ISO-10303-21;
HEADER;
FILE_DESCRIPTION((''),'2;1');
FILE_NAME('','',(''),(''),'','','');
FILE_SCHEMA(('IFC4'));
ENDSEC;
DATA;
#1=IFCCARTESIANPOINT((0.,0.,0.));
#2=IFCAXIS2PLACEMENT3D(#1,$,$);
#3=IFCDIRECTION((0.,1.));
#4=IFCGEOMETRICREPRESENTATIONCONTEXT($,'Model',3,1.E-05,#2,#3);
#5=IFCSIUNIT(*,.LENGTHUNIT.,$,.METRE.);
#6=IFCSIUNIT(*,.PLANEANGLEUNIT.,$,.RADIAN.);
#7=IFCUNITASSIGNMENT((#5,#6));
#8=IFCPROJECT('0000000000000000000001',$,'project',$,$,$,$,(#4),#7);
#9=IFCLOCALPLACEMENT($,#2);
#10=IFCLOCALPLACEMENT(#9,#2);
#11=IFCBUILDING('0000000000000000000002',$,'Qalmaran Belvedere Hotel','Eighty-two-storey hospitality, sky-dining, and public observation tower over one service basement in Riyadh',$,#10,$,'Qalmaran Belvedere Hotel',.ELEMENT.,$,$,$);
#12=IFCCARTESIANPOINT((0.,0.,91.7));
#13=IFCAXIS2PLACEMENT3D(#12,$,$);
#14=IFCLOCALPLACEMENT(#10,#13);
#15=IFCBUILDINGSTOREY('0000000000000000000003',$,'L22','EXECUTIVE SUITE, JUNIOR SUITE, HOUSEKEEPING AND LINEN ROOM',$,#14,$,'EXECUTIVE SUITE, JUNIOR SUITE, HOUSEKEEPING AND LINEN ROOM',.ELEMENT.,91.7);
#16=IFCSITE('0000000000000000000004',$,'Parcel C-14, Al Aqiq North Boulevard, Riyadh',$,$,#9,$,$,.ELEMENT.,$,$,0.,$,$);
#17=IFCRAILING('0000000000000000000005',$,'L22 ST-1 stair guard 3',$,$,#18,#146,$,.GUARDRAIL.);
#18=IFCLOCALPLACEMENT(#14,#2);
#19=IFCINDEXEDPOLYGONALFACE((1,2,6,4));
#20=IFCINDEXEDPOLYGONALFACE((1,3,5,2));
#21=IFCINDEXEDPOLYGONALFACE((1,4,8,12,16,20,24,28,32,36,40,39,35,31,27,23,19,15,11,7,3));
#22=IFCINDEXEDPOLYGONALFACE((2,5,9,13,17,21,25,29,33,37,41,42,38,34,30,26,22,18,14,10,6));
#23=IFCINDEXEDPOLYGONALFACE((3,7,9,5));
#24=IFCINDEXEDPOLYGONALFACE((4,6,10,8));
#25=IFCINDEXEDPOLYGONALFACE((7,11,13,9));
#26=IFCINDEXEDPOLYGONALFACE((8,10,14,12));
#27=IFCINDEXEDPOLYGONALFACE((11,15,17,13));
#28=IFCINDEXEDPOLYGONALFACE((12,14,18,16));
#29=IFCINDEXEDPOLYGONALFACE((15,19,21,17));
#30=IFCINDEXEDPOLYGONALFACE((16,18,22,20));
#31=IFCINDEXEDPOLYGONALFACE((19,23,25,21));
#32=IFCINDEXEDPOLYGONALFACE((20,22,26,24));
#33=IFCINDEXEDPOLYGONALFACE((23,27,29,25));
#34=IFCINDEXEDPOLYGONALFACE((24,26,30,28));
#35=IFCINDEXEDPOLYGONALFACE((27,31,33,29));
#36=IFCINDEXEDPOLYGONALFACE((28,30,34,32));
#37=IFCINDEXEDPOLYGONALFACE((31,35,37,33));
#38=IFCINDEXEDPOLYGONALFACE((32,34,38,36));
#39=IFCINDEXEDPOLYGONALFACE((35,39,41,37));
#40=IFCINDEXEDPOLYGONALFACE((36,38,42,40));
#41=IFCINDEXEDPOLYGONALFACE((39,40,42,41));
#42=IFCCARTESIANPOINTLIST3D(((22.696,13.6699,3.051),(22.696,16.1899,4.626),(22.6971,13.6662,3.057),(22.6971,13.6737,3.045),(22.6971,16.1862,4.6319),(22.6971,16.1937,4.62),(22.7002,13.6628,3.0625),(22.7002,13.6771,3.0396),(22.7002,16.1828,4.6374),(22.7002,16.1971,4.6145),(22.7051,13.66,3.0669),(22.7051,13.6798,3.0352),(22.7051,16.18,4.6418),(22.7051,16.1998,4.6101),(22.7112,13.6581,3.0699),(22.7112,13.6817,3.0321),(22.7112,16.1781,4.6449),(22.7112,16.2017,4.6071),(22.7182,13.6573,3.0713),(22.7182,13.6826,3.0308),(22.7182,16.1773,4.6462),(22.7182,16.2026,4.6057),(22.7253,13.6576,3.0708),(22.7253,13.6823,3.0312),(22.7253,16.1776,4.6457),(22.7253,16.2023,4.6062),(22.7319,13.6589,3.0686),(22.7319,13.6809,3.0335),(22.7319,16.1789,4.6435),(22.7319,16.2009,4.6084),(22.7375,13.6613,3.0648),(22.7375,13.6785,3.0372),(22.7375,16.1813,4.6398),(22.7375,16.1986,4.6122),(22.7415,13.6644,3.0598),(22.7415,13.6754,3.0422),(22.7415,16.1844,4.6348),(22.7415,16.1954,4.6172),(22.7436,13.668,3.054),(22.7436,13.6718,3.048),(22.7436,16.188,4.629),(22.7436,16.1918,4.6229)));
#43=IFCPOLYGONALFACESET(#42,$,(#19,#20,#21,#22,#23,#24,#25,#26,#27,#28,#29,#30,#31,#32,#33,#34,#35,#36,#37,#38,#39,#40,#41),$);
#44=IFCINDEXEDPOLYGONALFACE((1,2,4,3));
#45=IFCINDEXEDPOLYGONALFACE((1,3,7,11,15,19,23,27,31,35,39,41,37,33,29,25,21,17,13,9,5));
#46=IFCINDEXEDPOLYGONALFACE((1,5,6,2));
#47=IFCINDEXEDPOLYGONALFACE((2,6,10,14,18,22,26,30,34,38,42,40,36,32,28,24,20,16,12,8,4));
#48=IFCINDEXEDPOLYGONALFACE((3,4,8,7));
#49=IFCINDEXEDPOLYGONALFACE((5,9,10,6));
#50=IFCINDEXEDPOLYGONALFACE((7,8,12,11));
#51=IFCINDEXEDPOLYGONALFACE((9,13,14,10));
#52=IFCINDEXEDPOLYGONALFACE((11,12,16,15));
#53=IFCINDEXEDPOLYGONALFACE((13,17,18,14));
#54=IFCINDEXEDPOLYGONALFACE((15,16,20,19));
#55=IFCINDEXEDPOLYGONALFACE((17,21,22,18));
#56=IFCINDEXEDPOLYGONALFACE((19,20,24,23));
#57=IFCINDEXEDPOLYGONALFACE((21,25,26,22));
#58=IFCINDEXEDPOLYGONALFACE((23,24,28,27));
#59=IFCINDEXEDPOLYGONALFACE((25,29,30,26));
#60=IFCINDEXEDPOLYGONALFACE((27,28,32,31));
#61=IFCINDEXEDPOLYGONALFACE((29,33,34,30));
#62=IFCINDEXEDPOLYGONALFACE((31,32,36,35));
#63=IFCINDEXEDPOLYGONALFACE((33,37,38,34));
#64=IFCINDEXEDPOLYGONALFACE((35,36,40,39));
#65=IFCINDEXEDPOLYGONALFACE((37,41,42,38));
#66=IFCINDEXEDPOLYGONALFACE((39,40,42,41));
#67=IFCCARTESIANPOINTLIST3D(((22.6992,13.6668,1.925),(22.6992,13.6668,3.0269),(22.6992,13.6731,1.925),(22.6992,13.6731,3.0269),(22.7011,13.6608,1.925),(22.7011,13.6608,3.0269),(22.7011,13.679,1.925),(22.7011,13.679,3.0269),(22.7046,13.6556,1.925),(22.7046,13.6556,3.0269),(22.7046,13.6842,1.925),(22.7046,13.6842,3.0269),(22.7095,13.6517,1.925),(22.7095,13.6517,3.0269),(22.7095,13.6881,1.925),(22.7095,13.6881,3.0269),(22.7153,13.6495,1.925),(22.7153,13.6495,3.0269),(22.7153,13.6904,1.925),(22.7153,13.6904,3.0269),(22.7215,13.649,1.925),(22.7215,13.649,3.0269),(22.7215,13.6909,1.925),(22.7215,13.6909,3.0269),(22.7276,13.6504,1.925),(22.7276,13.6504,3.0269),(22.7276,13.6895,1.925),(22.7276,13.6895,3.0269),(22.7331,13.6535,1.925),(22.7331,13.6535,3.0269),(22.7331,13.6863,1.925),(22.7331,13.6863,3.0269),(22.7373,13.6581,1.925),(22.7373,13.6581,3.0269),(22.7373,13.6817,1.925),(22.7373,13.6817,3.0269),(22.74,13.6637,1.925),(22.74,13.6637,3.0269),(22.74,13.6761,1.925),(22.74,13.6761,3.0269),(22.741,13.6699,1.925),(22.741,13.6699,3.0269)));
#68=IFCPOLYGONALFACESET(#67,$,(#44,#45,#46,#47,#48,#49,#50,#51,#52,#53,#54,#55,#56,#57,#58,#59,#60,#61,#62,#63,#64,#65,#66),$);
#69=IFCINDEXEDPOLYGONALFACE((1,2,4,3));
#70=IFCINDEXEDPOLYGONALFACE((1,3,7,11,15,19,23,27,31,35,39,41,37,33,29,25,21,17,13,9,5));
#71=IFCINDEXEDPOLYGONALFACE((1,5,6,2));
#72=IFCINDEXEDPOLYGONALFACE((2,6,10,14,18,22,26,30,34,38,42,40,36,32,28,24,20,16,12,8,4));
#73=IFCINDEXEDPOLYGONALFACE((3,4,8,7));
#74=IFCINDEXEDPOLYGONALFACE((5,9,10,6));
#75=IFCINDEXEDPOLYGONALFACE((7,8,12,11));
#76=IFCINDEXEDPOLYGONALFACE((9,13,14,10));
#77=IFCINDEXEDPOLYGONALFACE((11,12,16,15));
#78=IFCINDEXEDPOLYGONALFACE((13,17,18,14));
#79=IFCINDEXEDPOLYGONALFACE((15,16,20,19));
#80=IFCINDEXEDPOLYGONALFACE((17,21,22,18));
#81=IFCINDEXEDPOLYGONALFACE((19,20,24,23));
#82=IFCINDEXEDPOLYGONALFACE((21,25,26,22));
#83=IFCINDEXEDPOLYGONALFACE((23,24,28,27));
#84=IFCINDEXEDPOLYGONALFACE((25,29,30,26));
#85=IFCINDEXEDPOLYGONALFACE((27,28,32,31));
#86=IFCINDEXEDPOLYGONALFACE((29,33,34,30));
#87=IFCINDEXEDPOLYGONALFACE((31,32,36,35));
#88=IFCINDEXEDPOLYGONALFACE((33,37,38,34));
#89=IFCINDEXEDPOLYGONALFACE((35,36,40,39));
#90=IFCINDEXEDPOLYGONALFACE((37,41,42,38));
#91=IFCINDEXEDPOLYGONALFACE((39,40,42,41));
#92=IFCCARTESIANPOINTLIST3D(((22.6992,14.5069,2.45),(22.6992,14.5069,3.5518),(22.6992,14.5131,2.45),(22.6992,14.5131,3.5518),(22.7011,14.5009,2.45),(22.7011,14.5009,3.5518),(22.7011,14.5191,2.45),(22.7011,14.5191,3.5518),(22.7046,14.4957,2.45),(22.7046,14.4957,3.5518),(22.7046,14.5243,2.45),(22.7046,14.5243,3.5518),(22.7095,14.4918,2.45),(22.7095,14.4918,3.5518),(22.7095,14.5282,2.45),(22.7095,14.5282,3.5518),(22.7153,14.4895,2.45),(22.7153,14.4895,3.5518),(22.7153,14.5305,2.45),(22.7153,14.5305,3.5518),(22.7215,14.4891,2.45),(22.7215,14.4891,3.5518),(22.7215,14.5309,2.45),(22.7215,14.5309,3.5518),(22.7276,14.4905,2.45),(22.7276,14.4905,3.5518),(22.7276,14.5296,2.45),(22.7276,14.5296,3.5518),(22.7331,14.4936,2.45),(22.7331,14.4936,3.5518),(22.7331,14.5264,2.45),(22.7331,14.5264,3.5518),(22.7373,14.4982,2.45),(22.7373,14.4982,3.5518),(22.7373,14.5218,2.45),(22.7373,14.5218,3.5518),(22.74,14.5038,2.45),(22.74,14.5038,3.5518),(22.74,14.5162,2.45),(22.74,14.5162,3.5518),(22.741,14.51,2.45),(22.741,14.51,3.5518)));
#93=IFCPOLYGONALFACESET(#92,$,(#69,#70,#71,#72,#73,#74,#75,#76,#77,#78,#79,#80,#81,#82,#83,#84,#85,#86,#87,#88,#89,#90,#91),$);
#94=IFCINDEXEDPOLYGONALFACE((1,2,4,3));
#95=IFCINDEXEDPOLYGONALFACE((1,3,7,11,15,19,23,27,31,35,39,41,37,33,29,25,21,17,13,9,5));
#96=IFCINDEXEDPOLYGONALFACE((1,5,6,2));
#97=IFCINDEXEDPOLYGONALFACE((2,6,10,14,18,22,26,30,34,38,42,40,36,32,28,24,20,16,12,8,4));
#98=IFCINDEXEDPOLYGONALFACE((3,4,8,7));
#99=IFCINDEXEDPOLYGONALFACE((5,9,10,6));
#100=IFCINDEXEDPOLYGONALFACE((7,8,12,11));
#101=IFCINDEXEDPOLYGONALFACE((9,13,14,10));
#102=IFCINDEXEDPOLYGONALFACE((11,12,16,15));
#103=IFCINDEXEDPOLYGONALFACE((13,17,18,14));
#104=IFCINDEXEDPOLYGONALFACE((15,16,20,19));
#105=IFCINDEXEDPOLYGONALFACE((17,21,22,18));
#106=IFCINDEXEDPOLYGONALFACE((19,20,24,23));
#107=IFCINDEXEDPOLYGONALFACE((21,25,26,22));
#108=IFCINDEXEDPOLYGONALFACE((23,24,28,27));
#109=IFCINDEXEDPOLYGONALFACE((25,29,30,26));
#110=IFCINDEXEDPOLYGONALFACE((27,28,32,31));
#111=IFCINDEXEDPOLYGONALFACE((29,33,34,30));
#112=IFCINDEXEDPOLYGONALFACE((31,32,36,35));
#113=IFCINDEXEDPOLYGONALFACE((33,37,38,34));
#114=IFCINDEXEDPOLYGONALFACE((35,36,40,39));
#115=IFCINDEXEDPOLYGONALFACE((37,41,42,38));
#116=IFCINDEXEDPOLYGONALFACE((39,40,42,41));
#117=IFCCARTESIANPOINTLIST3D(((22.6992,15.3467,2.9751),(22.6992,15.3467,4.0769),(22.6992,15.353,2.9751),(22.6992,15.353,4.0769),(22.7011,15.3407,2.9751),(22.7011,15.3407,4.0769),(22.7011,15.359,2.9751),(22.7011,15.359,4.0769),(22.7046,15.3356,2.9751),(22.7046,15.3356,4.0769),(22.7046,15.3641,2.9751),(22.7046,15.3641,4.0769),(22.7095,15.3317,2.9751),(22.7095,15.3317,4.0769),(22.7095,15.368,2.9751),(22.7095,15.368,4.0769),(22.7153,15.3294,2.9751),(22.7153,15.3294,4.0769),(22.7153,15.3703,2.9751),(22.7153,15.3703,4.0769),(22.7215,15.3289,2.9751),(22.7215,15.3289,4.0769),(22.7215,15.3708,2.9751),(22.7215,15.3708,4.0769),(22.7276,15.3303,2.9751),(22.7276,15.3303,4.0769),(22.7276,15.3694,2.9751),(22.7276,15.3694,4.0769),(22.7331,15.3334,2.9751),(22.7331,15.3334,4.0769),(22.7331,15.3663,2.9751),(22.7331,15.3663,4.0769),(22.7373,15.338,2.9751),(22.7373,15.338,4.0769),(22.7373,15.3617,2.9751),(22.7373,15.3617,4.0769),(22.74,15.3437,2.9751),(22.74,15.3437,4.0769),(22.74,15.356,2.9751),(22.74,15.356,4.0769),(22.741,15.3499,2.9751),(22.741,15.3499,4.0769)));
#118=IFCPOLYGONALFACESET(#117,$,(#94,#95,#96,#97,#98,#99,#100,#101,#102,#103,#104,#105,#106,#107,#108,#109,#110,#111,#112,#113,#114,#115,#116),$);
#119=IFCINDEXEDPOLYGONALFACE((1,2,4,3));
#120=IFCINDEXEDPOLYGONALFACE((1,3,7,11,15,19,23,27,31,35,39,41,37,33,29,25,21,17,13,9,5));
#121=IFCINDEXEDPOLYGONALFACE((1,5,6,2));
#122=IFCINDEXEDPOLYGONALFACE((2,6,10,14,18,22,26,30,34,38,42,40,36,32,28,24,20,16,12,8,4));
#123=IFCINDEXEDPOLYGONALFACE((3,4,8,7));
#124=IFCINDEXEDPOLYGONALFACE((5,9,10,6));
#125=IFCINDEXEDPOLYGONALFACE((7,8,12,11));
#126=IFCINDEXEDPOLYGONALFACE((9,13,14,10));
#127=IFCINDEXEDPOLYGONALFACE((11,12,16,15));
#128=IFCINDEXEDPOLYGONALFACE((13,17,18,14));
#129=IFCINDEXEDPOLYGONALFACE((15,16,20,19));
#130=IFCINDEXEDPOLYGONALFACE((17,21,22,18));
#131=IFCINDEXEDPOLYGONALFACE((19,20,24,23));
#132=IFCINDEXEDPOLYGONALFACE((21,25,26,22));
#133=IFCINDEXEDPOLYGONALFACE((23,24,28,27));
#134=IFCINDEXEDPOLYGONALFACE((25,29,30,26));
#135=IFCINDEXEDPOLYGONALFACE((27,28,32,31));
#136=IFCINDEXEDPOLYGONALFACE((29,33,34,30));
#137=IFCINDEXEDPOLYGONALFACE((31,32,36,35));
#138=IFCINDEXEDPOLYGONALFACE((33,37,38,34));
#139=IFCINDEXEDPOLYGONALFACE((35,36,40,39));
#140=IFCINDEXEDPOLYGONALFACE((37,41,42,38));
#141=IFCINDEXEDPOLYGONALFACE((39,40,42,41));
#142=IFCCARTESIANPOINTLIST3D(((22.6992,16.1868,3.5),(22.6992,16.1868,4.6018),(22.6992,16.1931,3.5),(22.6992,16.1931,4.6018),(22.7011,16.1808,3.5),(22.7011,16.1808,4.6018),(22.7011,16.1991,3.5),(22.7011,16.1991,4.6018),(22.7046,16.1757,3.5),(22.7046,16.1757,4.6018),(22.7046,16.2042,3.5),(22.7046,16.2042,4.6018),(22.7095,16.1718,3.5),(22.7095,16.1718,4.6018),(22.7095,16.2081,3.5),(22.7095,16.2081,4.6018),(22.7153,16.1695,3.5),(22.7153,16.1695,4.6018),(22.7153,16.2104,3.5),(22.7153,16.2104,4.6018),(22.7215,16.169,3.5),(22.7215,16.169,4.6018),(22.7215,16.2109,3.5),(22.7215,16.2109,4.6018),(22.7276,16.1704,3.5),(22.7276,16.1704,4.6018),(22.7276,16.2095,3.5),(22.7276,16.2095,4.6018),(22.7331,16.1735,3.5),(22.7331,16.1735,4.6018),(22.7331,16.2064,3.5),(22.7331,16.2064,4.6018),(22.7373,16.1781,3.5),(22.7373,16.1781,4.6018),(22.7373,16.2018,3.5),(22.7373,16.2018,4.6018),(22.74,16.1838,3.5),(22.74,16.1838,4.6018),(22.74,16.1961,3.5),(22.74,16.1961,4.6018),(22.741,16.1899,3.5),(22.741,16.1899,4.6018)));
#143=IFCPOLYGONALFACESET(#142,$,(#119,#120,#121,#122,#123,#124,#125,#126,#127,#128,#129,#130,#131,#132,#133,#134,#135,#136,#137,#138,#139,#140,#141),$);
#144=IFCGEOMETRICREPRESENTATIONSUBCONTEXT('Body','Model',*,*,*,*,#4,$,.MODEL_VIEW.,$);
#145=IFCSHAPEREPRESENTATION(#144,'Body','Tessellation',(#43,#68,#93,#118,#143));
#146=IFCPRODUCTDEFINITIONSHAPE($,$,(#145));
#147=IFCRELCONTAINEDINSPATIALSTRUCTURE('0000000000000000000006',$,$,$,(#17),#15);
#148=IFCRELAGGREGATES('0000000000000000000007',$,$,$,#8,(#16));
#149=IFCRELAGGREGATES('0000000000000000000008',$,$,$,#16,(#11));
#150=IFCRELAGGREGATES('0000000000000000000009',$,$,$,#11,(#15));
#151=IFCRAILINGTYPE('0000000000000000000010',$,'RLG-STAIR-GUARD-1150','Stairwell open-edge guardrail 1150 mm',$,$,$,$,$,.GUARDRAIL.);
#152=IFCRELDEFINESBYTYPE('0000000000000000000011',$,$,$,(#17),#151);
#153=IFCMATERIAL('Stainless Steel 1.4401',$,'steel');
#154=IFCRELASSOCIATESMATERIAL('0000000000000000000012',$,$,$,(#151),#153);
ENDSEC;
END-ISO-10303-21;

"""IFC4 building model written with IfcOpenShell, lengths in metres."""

from ifc_helpers import new_model, si_unit, direction, frame, origin, origin_2d, place, context, subcontext, project, spatial, circle, extrude, material, type_object, element, save


model = new_model("IFC4")

# Units and contexts
model_context = context("Model", 3, precision=1e-05, world=origin(), true_north=direction((0.0, 1.0)))
body_context = subcontext(model_context, "Body", "Model", "MODEL_VIEW")
ifc_project = project(units=[si_unit("LENGTHUNIT", "METRE"), si_unit("PLANEANGLEUNIT", "RADIAN")], contexts=[model_context])

# Site, building, storey
site_placement = place(None, origin())
site = spatial("IfcSite", under=ifc_project, at=site_placement, Name="Parcel C-14, Al Aqiq North Boulevard, Riyadh", CompositionType="ELEMENT", RefElevation=0.0)
building_placement = place(site_placement, origin())
building = spatial("IfcBuilding", under=site, at=building_placement, Name="Qalmaran Belvedere Hotel", Description="Eighty-two-storey hospitality, sky-dining, and public observation tower over one service basement in Riyadh", LongName="Qalmaran Belvedere Hotel", CompositionType="ELEMENT")
storey_placement = place(building_placement, frame((0.0, 0.0, 91.7)))
storey = spatial("IfcBuildingStorey", under=building, at=storey_placement, Name="L22", Description="EXECUTIVE SUITE, JUNIOR SUITE, HOUSEKEEPING AND LINEN ROOM", LongName="EXECUTIVE SUITE, JUNIOR SUITE, HOUSEKEEPING AND LINEN ROOM", CompositionType="ELEMENT", Elevation=91.7)

# Shared definitions
ifc_material_1 = material(Name="Stainless Steel 1.4401", Category="steel")

# Railing
railing_type_1 = type_object("IfcRailingType", Name="RLG-STAIR-GUARD-1150", Description="Stairwell open-edge guardrail 1150 mm", PredefinedType="GUARDRAIL", material=ifc_material_1)
railing_1_placement = place(storey_placement, frame((22.72, 13.6699, 1.925)))
element("IfcRailing", 1, at=railing_1_placement, inside=storey, type_object=railing_type_1, Name="L22 ST-1 stair guard 3", PredefinedType="GUARDRAIL", context=body_context, shape_type="SweptSolid", body=[
    extrude(circle(Radius=0.0239, at=origin_2d()), frame((0.0, 0.0, 1.126), z_axis=(0.0, 0.848008, 0.529984), x_axis=(-1.0, 0.0, 0.0)), (0.0, 0.0, 1.0), 2.9717),
    extrude(circle(Radius=0.021, at=origin_2d()), origin(), (0.0, 0.0, 1.0), 1.1018),
    extrude(circle(Radius=0.021, at=origin_2d()), frame((0.0, 0.8401, 0.5249)), (0.0, 0.0, 1.0), 1.1018),
    extrude(circle(Radius=0.021, at=origin_2d()), frame((0.0, 1.6799, 1.05)), (0.0, 0.0, 1.0), 1.1018),
    extrude(circle(Radius=0.021, at=origin_2d()), frame((0.0, 2.52, 1.575)), (0.0, 0.0, 1.0), 1.1018),
])

save(model, "model.ifc")
